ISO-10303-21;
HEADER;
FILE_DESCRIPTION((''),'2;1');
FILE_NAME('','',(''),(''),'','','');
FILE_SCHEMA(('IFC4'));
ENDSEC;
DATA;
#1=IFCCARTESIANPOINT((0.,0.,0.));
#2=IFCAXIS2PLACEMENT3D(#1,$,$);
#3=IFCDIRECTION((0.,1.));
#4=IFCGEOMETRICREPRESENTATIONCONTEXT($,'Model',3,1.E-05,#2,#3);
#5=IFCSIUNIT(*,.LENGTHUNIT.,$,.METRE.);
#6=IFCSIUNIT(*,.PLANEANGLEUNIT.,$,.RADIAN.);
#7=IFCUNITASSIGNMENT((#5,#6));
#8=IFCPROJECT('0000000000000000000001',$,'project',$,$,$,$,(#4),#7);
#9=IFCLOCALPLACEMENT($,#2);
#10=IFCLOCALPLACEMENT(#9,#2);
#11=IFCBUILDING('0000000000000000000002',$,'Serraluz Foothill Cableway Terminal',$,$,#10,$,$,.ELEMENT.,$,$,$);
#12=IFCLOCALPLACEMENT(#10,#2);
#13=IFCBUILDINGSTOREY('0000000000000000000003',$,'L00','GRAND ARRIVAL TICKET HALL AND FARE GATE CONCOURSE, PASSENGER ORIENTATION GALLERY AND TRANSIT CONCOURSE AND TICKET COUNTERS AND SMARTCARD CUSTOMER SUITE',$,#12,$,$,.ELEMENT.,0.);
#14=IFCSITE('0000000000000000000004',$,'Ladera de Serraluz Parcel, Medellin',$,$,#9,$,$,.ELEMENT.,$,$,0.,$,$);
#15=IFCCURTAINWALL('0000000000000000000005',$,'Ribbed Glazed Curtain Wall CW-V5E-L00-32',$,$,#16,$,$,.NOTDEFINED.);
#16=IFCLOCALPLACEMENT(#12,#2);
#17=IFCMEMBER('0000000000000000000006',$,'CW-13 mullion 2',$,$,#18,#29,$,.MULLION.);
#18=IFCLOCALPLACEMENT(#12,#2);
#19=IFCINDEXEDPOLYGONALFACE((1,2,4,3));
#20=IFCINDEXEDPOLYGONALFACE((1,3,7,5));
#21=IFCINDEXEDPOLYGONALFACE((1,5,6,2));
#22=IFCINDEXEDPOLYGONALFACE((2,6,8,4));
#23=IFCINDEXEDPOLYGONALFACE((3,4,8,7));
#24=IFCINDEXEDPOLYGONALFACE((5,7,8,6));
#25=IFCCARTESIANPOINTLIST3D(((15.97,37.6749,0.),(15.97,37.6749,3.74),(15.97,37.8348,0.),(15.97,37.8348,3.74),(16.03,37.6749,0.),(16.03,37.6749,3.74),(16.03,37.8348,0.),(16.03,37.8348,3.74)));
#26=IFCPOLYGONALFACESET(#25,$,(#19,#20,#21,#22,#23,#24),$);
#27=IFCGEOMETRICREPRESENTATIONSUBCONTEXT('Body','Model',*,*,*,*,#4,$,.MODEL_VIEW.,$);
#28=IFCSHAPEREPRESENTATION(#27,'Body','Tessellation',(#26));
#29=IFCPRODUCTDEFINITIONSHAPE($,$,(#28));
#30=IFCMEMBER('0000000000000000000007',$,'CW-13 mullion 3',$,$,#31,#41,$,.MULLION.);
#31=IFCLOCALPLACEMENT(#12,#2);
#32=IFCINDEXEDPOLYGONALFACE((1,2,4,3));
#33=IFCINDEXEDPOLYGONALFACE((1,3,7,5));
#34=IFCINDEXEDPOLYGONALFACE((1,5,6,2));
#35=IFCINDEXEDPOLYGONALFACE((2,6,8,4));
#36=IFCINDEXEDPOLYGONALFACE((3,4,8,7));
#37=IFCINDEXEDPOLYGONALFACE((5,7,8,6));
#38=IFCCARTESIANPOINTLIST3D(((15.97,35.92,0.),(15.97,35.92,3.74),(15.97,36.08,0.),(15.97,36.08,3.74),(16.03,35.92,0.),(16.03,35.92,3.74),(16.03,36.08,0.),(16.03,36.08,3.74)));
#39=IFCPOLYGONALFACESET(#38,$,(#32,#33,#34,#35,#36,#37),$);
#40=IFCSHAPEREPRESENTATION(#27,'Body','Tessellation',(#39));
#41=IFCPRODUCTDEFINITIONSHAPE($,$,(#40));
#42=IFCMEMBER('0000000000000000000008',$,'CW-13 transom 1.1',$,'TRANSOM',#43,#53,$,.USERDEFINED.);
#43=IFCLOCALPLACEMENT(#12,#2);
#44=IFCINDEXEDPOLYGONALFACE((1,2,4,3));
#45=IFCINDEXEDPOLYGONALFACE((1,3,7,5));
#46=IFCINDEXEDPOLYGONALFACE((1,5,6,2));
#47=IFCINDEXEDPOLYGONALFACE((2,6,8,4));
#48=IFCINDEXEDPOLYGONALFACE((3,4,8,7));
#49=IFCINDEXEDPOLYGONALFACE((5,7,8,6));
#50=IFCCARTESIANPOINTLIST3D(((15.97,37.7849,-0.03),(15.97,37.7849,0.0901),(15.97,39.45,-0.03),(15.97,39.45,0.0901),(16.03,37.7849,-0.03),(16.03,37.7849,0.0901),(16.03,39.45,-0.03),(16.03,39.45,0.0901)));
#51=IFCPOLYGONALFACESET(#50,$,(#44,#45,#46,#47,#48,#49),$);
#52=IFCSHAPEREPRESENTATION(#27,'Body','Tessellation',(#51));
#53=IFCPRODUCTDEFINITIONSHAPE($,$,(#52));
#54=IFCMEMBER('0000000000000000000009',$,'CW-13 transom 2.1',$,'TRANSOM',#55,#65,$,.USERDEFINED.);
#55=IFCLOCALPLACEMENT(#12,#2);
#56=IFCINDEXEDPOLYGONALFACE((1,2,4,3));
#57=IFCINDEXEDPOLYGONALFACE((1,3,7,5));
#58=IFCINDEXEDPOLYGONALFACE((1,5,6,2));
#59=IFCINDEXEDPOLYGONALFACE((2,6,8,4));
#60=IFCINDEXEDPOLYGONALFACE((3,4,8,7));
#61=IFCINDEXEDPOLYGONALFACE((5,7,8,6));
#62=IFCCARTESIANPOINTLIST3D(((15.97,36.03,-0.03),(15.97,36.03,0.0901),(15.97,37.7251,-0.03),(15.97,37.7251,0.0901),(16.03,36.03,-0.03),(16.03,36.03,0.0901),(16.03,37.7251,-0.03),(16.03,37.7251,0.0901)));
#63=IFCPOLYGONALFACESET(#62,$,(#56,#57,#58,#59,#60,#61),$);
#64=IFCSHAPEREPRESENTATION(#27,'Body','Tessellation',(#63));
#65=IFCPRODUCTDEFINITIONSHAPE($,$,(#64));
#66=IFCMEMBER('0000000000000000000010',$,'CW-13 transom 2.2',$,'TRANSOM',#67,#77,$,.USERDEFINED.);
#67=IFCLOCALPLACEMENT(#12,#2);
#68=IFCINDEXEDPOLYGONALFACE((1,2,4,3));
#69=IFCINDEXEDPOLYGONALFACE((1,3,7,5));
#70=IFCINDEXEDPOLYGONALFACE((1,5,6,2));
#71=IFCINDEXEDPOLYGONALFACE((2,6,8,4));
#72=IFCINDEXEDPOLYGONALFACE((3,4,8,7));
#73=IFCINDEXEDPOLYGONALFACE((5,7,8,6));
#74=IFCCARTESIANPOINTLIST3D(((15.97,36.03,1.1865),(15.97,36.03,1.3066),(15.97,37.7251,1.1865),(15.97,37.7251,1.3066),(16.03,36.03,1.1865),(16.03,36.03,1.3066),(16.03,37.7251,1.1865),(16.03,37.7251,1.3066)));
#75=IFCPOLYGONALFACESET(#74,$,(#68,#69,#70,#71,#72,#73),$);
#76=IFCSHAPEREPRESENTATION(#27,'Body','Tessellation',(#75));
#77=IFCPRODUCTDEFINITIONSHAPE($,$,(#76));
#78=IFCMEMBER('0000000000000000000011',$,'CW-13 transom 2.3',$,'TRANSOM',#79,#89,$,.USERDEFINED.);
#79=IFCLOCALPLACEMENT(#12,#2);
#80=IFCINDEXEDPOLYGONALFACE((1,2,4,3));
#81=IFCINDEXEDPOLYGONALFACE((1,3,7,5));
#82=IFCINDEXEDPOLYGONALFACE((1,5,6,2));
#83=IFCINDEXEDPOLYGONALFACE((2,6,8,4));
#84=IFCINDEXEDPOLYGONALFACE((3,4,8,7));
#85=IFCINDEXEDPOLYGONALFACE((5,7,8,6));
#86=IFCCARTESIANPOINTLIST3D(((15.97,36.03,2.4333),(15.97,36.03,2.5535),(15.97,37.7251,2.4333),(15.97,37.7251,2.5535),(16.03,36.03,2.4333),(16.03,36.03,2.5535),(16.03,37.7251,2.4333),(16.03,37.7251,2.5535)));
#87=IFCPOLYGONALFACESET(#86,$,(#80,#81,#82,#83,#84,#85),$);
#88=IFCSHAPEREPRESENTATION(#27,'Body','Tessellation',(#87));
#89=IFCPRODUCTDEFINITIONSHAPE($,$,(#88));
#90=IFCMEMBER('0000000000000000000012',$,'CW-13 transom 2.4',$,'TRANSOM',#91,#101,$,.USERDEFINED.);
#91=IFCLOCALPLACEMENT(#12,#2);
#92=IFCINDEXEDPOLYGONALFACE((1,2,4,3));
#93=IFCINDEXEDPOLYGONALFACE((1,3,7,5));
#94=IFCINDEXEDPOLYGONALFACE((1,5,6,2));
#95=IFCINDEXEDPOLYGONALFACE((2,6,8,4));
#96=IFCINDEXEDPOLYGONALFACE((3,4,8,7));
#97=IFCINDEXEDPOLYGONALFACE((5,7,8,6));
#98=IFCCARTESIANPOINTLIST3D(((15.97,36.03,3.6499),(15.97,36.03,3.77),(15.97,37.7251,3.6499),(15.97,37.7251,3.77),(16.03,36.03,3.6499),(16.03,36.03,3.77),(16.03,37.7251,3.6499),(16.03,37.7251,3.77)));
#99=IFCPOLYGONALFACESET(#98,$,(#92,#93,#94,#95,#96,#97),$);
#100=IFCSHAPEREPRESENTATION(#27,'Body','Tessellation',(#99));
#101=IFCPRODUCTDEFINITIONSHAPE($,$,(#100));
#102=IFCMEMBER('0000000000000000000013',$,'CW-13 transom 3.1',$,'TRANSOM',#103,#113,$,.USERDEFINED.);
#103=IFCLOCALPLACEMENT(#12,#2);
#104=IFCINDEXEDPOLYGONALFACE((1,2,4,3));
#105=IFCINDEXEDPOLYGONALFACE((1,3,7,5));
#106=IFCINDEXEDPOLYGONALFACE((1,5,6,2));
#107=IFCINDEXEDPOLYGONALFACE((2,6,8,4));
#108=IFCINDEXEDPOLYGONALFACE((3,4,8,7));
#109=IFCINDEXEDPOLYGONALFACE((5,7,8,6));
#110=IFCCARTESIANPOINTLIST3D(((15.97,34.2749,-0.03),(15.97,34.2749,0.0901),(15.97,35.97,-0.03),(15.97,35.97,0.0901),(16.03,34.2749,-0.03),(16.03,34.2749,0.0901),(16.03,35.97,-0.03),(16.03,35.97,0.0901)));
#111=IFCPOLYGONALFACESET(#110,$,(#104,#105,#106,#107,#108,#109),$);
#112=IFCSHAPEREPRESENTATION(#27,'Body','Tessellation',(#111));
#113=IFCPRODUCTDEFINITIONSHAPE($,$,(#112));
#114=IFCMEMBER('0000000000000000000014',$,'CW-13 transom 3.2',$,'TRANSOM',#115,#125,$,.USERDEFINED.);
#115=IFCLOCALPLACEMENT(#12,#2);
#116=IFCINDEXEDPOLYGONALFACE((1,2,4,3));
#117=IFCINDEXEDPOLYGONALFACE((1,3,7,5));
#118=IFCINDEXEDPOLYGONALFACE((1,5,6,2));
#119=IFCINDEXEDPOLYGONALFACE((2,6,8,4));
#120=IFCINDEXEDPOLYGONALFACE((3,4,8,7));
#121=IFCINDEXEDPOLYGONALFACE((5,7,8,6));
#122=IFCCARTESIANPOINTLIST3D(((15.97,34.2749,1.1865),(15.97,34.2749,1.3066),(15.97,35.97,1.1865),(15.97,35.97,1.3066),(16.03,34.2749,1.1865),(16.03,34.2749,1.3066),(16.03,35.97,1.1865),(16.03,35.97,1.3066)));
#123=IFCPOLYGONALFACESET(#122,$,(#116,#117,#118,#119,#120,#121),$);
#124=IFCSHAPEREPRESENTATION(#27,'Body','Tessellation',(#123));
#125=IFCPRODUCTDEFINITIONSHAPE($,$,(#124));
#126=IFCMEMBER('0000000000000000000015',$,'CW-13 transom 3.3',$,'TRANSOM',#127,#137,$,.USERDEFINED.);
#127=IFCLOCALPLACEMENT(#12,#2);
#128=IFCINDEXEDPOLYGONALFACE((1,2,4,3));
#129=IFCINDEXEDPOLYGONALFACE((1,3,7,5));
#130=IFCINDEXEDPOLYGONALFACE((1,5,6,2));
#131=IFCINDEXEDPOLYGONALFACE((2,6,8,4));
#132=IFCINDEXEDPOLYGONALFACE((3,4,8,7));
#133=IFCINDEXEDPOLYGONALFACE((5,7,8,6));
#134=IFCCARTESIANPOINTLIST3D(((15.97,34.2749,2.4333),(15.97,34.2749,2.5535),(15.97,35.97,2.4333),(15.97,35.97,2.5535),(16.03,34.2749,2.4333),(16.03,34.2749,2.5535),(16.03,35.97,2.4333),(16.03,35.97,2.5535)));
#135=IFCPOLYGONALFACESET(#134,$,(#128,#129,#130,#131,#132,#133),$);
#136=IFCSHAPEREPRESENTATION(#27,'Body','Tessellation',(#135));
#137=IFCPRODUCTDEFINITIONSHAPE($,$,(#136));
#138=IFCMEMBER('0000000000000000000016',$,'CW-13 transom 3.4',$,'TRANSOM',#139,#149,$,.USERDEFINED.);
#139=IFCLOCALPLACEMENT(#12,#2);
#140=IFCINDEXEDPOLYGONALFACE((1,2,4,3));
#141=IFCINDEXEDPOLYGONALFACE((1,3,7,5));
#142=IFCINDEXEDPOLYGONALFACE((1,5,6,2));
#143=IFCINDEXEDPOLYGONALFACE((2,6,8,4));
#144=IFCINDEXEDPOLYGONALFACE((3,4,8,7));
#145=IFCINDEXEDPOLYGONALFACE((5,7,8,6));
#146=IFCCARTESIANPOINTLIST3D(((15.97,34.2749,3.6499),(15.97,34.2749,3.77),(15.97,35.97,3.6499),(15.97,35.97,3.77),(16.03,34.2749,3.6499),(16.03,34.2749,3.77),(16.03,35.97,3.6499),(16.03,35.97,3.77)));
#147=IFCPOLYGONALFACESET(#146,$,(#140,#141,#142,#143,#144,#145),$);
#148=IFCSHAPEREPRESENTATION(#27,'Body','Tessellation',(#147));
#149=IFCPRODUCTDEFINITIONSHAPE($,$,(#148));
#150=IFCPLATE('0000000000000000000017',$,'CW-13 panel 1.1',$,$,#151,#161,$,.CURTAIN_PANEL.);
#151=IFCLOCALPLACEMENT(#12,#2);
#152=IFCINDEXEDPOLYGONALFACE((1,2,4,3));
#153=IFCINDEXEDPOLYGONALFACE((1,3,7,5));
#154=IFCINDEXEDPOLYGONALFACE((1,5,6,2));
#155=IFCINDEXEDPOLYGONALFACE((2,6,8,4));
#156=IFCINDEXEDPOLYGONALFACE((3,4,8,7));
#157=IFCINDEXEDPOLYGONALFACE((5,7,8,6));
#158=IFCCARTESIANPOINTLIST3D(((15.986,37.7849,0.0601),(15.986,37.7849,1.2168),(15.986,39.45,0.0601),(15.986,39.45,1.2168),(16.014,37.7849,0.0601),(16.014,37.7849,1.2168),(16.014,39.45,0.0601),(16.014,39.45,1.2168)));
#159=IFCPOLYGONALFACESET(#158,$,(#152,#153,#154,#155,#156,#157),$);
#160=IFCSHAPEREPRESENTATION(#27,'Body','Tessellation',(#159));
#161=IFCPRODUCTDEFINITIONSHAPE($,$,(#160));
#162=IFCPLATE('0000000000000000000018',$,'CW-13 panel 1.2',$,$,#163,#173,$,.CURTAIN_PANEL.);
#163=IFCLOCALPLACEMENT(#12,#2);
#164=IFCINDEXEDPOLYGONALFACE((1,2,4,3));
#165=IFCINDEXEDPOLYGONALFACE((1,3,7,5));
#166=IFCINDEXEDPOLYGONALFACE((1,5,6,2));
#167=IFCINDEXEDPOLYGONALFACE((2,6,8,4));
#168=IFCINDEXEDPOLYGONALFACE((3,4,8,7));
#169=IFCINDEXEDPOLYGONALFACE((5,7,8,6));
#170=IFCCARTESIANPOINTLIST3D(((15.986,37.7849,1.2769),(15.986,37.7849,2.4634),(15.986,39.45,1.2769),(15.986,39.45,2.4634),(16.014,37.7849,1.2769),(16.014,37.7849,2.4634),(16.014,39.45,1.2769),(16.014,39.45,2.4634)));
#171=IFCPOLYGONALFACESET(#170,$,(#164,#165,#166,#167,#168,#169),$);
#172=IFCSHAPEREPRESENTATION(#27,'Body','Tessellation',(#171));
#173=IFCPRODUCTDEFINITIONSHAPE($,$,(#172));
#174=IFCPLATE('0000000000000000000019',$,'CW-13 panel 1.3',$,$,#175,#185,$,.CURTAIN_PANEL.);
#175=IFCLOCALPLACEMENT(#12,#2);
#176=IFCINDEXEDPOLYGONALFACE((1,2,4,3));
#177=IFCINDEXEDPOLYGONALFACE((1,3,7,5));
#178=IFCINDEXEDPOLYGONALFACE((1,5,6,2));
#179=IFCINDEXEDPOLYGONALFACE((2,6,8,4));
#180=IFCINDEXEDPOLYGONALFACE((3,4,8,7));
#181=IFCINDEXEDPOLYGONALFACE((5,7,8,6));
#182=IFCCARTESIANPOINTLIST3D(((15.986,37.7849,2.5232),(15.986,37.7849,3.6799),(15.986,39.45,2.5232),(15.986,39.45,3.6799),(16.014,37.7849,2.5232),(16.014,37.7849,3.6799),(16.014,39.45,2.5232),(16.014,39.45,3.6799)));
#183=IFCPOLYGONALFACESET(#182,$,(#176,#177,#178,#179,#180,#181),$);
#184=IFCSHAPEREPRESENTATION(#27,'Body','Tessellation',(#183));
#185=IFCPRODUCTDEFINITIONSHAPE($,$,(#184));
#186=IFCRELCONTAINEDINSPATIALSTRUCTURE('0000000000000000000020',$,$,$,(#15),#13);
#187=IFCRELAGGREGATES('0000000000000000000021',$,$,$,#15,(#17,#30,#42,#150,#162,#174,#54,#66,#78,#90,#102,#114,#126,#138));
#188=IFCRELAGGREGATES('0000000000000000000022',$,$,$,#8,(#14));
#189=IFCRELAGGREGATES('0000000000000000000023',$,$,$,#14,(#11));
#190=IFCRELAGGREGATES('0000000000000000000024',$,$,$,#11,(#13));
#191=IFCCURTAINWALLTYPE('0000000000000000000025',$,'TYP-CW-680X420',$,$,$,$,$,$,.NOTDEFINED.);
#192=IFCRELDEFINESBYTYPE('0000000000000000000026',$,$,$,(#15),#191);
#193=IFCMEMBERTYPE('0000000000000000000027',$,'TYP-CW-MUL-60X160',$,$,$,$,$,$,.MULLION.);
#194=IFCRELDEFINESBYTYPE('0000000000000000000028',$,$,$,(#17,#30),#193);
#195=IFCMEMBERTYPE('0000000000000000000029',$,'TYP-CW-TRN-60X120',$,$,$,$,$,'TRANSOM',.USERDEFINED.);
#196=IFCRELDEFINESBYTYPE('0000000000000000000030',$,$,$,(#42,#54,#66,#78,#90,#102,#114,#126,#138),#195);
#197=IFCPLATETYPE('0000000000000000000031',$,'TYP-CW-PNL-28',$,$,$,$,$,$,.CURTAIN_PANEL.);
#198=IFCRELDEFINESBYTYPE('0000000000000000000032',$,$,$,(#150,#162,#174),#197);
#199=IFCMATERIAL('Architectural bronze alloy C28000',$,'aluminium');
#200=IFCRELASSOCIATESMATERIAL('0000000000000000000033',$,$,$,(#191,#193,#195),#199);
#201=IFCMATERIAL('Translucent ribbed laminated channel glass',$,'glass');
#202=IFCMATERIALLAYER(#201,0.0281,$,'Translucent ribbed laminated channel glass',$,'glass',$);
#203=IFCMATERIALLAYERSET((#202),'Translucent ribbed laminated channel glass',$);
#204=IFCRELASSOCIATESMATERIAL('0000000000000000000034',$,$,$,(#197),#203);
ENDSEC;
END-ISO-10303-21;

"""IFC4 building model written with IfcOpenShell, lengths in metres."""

from ifc_helpers import new_model, si_unit, direction, frame, origin, origin_2d, place, context, subcontext, project, spatial, rectangle, extrude, material, layer, layer_set, material_profile, profile_set, type_object, element, aggregate, save


model = new_model("IFC4")

# Units and contexts
model_context = context("Model", 3, precision=1e-05, world=origin(), true_north=direction((0.0, 1.0)))
body_context = subcontext(model_context, "Body", "Model", "MODEL_VIEW")
ifc_project = project(units=[si_unit("LENGTHUNIT", "METRE"), si_unit("PLANEANGLEUNIT", "RADIAN")], contexts=[model_context])

# Site, building, storey
site_placement = place(None, origin())
site = spatial("IfcSite", under=ifc_project, at=site_placement, Name="Ladera de Serraluz Parcel, Medellin", CompositionType="ELEMENT", RefElevation=0.0)
building_placement = place(site_placement, origin())
building = spatial("IfcBuilding", under=site, at=building_placement, Name="Serraluz Foothill Cableway Terminal", CompositionType="ELEMENT")
storey_placement = place(building_placement, origin())
storey = spatial("IfcBuildingStorey", under=building, at=storey_placement, Name="L00", Description="GRAND ARRIVAL TICKET HALL AND FARE GATE CONCOURSE, PASSENGER ORIENTATION GALLERY AND TRANSIT CONCOURSE AND TICKET COUNTERS AND SMARTCARD CUSTOMER SUITE", CompositionType="ELEMENT", Elevation=0.0)

# Curtain wall, members, plates
ifc_material_1 = material(Name="Architectural bronze alloy C28000", Category="aluminium")
curtain_wall_type = type_object("IfcCurtainWallType", Name="TYP-CW-680X420", PredefinedType="NOTDEFINED", material=ifc_material_1)
curtain_wall_placement = place(storey_placement, origin())
curtain_wall = element("IfcCurtainWall", 1, at=curtain_wall_placement, inside=storey, type_object=curtain_wall_type, Name="Ribbed Glazed Curtain Wall CW-V5E-L00-32", PredefinedType="NOTDEFINED")
ifc_material_profile_1 = material_profile(ifc_material_1, rectangle(XDim=0.0601, YDim=0.1599, at=origin_2d()), Name="ALU MULLION 60x160")
ifc_profile_set_1 = profile_set([ifc_material_profile_1], Name="Architectural bronze alloy C28000")
member_type_1 = type_object("IfcMemberType", Name="TYP-CW-MUL-60X160", PredefinedType="MULLION", material=ifc_profile_set_1)
member_1_placement = place(storey_placement, frame((16.0, 37.7549, 0.0), z_axis=(0.0, 0.0, 1.0), x_axis=(1.0, 0.0, 0.0)))
member_1 = element("IfcMember", 2, at=member_1_placement, type_object=member_type_1, Name="CW-13 mullion 2", PredefinedType="MULLION", context=body_context, shape_type="SweptSolid", body=[
    extrude(rectangle(XDim=0.0601, YDim=0.1599, at=origin_2d()), origin(), (0.0, 0.0, 1.0), 3.74),
])
member_2_placement = place(storey_placement, frame((16.0, 36.0, 0.0), z_axis=(0.0, 0.0, 1.0), x_axis=(1.0, 0.0, 0.0)))
member_2 = element("IfcMember", 3, at=member_2_placement, type_object=member_type_1, Name="CW-13 mullion 3", PredefinedType="MULLION", context=body_context, shape_type="SweptSolid", body=[
    extrude(rectangle(XDim=0.0601, YDim=0.1599, at=origin_2d()), origin(), (0.0, 0.0, 1.0), 3.74),
])
ifc_material_profile_2 = material_profile(ifc_material_1, rectangle(XDim=0.0601, YDim=0.1201, at=origin_2d()), Name="ALU TRANSOM 60x120")
ifc_profile_set_2 = profile_set([ifc_material_profile_2], Name="Architectural bronze alloy C28000")
member_type_2 = type_object("IfcMemberType", Name="TYP-CW-TRN-60X120", ElementType="TRANSOM", PredefinedType="USERDEFINED", material=ifc_profile_set_2)
member_3_placement = place(storey_placement, frame((16.0, 39.45, 0.03), z_axis=(0.0, -1.0, 0.0), x_axis=(1.0, 0.0, 0.0)))
member_3 = element("IfcMember", 4, at=member_3_placement, type_object=member_type_2, Name="CW-13 transom 1.1", ObjectType="TRANSOM", PredefinedType="USERDEFINED", context=body_context, shape_type="SweptSolid", body=[
    extrude(rectangle(XDim=0.0601, YDim=0.1201, at=origin_2d()), origin(), (0.0, 0.0, 1.0), 1.665),
])
member_4_placement = place(storey_placement, frame((16.0, 37.7251, 0.03), z_axis=(0.0, -1.0, 0.0), x_axis=(1.0, 0.0, 0.0)))
member_4 = element("IfcMember", 5, at=member_4_placement, type_object=member_type_2, Name="CW-13 transom 2.1", ObjectType="TRANSOM", PredefinedType="USERDEFINED", context=body_context, shape_type="SweptSolid", body=[
    extrude(rectangle(XDim=0.0601, YDim=0.1201, at=origin_2d()), origin(), (0.0, 0.0, 1.0), 1.6951),
])
member_5_placement = place(storey_placement, frame((16.0, 37.7251, 1.2466), z_axis=(0.0, -1.0, 0.0), x_axis=(1.0, 0.0, 0.0)))
member_5 = element("IfcMember", 6, at=member_5_placement, type_object=member_type_2, Name="CW-13 transom 2.2", ObjectType="TRANSOM", PredefinedType="USERDEFINED", context=body_context, shape_type="SweptSolid", body=[
    extrude(rectangle(XDim=0.0601, YDim=0.1201, at=origin_2d()), origin(), (0.0, 0.0, 1.0), 1.6951),
])
member_6_placement = place(storey_placement, frame((16.0, 37.7251, 2.4934), z_axis=(0.0, -1.0, 0.0), x_axis=(1.0, 0.0, 0.0)))
member_6 = element("IfcMember", 7, at=member_6_placement, type_object=member_type_2, Name="CW-13 transom 2.3", ObjectType="TRANSOM", PredefinedType="USERDEFINED", context=body_context, shape_type="SweptSolid", body=[
    extrude(rectangle(XDim=0.0601, YDim=0.1201, at=origin_2d()), origin(), (0.0, 0.0, 1.0), 1.6951),
])
member_7_placement = place(storey_placement, frame((16.0, 37.7251, 3.71), z_axis=(0.0, -1.0, 0.0), x_axis=(1.0, 0.0, 0.0)))
member_7 = element("IfcMember", 8, at=member_7_placement, type_object=member_type_2, Name="CW-13 transom 2.4", ObjectType="TRANSOM", PredefinedType="USERDEFINED", context=body_context, shape_type="SweptSolid", body=[
    extrude(rectangle(XDim=0.0601, YDim=0.1201, at=origin_2d()), origin(), (0.0, 0.0, 1.0), 1.6951),
])
member_8_placement = place(storey_placement, frame((16.0, 35.97, 0.03), z_axis=(0.0, -1.0, 0.0), x_axis=(1.0, 0.0, 0.0)))
member_8 = element("IfcMember", 9, at=member_8_placement, type_object=member_type_2, Name="CW-13 transom 3.1", ObjectType="TRANSOM", PredefinedType="USERDEFINED", context=body_context, shape_type="SweptSolid", body=[
    extrude(rectangle(XDim=0.0601, YDim=0.1201, at=origin_2d()), origin(), (0.0, 0.0, 1.0), 1.6951),
])
member_9_placement = place(storey_placement, frame((16.0, 35.97, 1.2466), z_axis=(0.0, -1.0, 0.0), x_axis=(1.0, 0.0, 0.0)))
member_9 = element("IfcMember", 10, at=member_9_placement, type_object=member_type_2, Name="CW-13 transom 3.2", ObjectType="TRANSOM", PredefinedType="USERDEFINED", context=body_context, shape_type="SweptSolid", body=[
    extrude(rectangle(XDim=0.0601, YDim=0.1201, at=origin_2d()), origin(), (0.0, 0.0, 1.0), 1.6951),
])
member_10_placement = place(storey_placement, frame((16.0, 35.97, 2.4934), z_axis=(0.0, -1.0, 0.0), x_axis=(1.0, 0.0, 0.0)))
member_10 = element("IfcMember", 11, at=member_10_placement, type_object=member_type_2, Name="CW-13 transom 3.3", ObjectType="TRANSOM", PredefinedType="USERDEFINED", context=body_context, shape_type="SweptSolid", body=[
    extrude(rectangle(XDim=0.0601, YDim=0.1201, at=origin_2d()), origin(), (0.0, 0.0, 1.0), 1.6951),
])
member_11_placement = place(storey_placement, frame((16.0, 35.97, 3.71), z_axis=(0.0, -1.0, 0.0), x_axis=(1.0, 0.0, 0.0)))
member_11 = element("IfcMember", 12, at=member_11_placement, type_object=member_type_2, Name="CW-13 transom 3.4", ObjectType="TRANSOM", PredefinedType="USERDEFINED", context=body_context, shape_type="SweptSolid", body=[
    extrude(rectangle(XDim=0.0601, YDim=0.1201, at=origin_2d()), origin(), (0.0, 0.0, 1.0), 1.6951),
])
ifc_material_2 = material(Name="Translucent ribbed laminated channel glass", Category="glass")
ifc_layer = layer(ifc_material_2, 0.0281, Name="Translucent ribbed laminated channel glass", Category="glass")
ifc_layer_set = layer_set([ifc_layer], Name="Translucent ribbed laminated channel glass")
plate_type = type_object("IfcPlateType", Name="TYP-CW-PNL-28", PredefinedType="CURTAIN_PANEL", material=ifc_layer_set)
plate_1_placement = place(storey_placement, frame((16.0, 38.6174, 0.0601), z_axis=(0.0, 0.0, 1.0), x_axis=(0.0, -1.0, 0.0)))
plate_1 = element("IfcPlate", 13, at=plate_1_placement, type_object=plate_type, Name="CW-13 panel 1.1", PredefinedType="CURTAIN_PANEL", context=body_context, shape_type="SweptSolid", body=[
    extrude(rectangle(XDim=1.665, YDim=0.0281, at=origin_2d()), origin(), (0.0, 0.0, 1.0), 1.1567),
])
plate_2_placement = place(storey_placement, frame((16.0, 38.6174, 1.2769), z_axis=(0.0, 0.0, 1.0), x_axis=(0.0, -1.0, 0.0)))
plate_2 = element("IfcPlate", 14, at=plate_2_placement, type_object=plate_type, Name="CW-13 panel 1.2", PredefinedType="CURTAIN_PANEL", context=body_context, shape_type="SweptSolid", body=[
    extrude(rectangle(XDim=1.665, YDim=0.0281, at=origin_2d()), origin(), (0.0, 0.0, 1.0), 1.1865),
])
plate_3_placement = place(storey_placement, frame((16.0, 38.6174, 2.5232), z_axis=(0.0, 0.0, 1.0), x_axis=(0.0, -1.0, 0.0)))
plate_3 = element("IfcPlate", 15, at=plate_3_placement, type_object=plate_type, Name="CW-13 panel 1.3", PredefinedType="CURTAIN_PANEL", context=body_context, shape_type="SweptSolid", body=[
    extrude(rectangle(XDim=1.665, YDim=0.0281, at=origin_2d()), origin(), (0.0, 0.0, 1.0), 1.1567),
])
aggregate(curtain_wall, [member_1, member_2, member_3, plate_1, plate_2, plate_3, member_4, member_5, member_6, member_7, member_8, member_9, member_10, member_11])

save(model, "model.ifc")
